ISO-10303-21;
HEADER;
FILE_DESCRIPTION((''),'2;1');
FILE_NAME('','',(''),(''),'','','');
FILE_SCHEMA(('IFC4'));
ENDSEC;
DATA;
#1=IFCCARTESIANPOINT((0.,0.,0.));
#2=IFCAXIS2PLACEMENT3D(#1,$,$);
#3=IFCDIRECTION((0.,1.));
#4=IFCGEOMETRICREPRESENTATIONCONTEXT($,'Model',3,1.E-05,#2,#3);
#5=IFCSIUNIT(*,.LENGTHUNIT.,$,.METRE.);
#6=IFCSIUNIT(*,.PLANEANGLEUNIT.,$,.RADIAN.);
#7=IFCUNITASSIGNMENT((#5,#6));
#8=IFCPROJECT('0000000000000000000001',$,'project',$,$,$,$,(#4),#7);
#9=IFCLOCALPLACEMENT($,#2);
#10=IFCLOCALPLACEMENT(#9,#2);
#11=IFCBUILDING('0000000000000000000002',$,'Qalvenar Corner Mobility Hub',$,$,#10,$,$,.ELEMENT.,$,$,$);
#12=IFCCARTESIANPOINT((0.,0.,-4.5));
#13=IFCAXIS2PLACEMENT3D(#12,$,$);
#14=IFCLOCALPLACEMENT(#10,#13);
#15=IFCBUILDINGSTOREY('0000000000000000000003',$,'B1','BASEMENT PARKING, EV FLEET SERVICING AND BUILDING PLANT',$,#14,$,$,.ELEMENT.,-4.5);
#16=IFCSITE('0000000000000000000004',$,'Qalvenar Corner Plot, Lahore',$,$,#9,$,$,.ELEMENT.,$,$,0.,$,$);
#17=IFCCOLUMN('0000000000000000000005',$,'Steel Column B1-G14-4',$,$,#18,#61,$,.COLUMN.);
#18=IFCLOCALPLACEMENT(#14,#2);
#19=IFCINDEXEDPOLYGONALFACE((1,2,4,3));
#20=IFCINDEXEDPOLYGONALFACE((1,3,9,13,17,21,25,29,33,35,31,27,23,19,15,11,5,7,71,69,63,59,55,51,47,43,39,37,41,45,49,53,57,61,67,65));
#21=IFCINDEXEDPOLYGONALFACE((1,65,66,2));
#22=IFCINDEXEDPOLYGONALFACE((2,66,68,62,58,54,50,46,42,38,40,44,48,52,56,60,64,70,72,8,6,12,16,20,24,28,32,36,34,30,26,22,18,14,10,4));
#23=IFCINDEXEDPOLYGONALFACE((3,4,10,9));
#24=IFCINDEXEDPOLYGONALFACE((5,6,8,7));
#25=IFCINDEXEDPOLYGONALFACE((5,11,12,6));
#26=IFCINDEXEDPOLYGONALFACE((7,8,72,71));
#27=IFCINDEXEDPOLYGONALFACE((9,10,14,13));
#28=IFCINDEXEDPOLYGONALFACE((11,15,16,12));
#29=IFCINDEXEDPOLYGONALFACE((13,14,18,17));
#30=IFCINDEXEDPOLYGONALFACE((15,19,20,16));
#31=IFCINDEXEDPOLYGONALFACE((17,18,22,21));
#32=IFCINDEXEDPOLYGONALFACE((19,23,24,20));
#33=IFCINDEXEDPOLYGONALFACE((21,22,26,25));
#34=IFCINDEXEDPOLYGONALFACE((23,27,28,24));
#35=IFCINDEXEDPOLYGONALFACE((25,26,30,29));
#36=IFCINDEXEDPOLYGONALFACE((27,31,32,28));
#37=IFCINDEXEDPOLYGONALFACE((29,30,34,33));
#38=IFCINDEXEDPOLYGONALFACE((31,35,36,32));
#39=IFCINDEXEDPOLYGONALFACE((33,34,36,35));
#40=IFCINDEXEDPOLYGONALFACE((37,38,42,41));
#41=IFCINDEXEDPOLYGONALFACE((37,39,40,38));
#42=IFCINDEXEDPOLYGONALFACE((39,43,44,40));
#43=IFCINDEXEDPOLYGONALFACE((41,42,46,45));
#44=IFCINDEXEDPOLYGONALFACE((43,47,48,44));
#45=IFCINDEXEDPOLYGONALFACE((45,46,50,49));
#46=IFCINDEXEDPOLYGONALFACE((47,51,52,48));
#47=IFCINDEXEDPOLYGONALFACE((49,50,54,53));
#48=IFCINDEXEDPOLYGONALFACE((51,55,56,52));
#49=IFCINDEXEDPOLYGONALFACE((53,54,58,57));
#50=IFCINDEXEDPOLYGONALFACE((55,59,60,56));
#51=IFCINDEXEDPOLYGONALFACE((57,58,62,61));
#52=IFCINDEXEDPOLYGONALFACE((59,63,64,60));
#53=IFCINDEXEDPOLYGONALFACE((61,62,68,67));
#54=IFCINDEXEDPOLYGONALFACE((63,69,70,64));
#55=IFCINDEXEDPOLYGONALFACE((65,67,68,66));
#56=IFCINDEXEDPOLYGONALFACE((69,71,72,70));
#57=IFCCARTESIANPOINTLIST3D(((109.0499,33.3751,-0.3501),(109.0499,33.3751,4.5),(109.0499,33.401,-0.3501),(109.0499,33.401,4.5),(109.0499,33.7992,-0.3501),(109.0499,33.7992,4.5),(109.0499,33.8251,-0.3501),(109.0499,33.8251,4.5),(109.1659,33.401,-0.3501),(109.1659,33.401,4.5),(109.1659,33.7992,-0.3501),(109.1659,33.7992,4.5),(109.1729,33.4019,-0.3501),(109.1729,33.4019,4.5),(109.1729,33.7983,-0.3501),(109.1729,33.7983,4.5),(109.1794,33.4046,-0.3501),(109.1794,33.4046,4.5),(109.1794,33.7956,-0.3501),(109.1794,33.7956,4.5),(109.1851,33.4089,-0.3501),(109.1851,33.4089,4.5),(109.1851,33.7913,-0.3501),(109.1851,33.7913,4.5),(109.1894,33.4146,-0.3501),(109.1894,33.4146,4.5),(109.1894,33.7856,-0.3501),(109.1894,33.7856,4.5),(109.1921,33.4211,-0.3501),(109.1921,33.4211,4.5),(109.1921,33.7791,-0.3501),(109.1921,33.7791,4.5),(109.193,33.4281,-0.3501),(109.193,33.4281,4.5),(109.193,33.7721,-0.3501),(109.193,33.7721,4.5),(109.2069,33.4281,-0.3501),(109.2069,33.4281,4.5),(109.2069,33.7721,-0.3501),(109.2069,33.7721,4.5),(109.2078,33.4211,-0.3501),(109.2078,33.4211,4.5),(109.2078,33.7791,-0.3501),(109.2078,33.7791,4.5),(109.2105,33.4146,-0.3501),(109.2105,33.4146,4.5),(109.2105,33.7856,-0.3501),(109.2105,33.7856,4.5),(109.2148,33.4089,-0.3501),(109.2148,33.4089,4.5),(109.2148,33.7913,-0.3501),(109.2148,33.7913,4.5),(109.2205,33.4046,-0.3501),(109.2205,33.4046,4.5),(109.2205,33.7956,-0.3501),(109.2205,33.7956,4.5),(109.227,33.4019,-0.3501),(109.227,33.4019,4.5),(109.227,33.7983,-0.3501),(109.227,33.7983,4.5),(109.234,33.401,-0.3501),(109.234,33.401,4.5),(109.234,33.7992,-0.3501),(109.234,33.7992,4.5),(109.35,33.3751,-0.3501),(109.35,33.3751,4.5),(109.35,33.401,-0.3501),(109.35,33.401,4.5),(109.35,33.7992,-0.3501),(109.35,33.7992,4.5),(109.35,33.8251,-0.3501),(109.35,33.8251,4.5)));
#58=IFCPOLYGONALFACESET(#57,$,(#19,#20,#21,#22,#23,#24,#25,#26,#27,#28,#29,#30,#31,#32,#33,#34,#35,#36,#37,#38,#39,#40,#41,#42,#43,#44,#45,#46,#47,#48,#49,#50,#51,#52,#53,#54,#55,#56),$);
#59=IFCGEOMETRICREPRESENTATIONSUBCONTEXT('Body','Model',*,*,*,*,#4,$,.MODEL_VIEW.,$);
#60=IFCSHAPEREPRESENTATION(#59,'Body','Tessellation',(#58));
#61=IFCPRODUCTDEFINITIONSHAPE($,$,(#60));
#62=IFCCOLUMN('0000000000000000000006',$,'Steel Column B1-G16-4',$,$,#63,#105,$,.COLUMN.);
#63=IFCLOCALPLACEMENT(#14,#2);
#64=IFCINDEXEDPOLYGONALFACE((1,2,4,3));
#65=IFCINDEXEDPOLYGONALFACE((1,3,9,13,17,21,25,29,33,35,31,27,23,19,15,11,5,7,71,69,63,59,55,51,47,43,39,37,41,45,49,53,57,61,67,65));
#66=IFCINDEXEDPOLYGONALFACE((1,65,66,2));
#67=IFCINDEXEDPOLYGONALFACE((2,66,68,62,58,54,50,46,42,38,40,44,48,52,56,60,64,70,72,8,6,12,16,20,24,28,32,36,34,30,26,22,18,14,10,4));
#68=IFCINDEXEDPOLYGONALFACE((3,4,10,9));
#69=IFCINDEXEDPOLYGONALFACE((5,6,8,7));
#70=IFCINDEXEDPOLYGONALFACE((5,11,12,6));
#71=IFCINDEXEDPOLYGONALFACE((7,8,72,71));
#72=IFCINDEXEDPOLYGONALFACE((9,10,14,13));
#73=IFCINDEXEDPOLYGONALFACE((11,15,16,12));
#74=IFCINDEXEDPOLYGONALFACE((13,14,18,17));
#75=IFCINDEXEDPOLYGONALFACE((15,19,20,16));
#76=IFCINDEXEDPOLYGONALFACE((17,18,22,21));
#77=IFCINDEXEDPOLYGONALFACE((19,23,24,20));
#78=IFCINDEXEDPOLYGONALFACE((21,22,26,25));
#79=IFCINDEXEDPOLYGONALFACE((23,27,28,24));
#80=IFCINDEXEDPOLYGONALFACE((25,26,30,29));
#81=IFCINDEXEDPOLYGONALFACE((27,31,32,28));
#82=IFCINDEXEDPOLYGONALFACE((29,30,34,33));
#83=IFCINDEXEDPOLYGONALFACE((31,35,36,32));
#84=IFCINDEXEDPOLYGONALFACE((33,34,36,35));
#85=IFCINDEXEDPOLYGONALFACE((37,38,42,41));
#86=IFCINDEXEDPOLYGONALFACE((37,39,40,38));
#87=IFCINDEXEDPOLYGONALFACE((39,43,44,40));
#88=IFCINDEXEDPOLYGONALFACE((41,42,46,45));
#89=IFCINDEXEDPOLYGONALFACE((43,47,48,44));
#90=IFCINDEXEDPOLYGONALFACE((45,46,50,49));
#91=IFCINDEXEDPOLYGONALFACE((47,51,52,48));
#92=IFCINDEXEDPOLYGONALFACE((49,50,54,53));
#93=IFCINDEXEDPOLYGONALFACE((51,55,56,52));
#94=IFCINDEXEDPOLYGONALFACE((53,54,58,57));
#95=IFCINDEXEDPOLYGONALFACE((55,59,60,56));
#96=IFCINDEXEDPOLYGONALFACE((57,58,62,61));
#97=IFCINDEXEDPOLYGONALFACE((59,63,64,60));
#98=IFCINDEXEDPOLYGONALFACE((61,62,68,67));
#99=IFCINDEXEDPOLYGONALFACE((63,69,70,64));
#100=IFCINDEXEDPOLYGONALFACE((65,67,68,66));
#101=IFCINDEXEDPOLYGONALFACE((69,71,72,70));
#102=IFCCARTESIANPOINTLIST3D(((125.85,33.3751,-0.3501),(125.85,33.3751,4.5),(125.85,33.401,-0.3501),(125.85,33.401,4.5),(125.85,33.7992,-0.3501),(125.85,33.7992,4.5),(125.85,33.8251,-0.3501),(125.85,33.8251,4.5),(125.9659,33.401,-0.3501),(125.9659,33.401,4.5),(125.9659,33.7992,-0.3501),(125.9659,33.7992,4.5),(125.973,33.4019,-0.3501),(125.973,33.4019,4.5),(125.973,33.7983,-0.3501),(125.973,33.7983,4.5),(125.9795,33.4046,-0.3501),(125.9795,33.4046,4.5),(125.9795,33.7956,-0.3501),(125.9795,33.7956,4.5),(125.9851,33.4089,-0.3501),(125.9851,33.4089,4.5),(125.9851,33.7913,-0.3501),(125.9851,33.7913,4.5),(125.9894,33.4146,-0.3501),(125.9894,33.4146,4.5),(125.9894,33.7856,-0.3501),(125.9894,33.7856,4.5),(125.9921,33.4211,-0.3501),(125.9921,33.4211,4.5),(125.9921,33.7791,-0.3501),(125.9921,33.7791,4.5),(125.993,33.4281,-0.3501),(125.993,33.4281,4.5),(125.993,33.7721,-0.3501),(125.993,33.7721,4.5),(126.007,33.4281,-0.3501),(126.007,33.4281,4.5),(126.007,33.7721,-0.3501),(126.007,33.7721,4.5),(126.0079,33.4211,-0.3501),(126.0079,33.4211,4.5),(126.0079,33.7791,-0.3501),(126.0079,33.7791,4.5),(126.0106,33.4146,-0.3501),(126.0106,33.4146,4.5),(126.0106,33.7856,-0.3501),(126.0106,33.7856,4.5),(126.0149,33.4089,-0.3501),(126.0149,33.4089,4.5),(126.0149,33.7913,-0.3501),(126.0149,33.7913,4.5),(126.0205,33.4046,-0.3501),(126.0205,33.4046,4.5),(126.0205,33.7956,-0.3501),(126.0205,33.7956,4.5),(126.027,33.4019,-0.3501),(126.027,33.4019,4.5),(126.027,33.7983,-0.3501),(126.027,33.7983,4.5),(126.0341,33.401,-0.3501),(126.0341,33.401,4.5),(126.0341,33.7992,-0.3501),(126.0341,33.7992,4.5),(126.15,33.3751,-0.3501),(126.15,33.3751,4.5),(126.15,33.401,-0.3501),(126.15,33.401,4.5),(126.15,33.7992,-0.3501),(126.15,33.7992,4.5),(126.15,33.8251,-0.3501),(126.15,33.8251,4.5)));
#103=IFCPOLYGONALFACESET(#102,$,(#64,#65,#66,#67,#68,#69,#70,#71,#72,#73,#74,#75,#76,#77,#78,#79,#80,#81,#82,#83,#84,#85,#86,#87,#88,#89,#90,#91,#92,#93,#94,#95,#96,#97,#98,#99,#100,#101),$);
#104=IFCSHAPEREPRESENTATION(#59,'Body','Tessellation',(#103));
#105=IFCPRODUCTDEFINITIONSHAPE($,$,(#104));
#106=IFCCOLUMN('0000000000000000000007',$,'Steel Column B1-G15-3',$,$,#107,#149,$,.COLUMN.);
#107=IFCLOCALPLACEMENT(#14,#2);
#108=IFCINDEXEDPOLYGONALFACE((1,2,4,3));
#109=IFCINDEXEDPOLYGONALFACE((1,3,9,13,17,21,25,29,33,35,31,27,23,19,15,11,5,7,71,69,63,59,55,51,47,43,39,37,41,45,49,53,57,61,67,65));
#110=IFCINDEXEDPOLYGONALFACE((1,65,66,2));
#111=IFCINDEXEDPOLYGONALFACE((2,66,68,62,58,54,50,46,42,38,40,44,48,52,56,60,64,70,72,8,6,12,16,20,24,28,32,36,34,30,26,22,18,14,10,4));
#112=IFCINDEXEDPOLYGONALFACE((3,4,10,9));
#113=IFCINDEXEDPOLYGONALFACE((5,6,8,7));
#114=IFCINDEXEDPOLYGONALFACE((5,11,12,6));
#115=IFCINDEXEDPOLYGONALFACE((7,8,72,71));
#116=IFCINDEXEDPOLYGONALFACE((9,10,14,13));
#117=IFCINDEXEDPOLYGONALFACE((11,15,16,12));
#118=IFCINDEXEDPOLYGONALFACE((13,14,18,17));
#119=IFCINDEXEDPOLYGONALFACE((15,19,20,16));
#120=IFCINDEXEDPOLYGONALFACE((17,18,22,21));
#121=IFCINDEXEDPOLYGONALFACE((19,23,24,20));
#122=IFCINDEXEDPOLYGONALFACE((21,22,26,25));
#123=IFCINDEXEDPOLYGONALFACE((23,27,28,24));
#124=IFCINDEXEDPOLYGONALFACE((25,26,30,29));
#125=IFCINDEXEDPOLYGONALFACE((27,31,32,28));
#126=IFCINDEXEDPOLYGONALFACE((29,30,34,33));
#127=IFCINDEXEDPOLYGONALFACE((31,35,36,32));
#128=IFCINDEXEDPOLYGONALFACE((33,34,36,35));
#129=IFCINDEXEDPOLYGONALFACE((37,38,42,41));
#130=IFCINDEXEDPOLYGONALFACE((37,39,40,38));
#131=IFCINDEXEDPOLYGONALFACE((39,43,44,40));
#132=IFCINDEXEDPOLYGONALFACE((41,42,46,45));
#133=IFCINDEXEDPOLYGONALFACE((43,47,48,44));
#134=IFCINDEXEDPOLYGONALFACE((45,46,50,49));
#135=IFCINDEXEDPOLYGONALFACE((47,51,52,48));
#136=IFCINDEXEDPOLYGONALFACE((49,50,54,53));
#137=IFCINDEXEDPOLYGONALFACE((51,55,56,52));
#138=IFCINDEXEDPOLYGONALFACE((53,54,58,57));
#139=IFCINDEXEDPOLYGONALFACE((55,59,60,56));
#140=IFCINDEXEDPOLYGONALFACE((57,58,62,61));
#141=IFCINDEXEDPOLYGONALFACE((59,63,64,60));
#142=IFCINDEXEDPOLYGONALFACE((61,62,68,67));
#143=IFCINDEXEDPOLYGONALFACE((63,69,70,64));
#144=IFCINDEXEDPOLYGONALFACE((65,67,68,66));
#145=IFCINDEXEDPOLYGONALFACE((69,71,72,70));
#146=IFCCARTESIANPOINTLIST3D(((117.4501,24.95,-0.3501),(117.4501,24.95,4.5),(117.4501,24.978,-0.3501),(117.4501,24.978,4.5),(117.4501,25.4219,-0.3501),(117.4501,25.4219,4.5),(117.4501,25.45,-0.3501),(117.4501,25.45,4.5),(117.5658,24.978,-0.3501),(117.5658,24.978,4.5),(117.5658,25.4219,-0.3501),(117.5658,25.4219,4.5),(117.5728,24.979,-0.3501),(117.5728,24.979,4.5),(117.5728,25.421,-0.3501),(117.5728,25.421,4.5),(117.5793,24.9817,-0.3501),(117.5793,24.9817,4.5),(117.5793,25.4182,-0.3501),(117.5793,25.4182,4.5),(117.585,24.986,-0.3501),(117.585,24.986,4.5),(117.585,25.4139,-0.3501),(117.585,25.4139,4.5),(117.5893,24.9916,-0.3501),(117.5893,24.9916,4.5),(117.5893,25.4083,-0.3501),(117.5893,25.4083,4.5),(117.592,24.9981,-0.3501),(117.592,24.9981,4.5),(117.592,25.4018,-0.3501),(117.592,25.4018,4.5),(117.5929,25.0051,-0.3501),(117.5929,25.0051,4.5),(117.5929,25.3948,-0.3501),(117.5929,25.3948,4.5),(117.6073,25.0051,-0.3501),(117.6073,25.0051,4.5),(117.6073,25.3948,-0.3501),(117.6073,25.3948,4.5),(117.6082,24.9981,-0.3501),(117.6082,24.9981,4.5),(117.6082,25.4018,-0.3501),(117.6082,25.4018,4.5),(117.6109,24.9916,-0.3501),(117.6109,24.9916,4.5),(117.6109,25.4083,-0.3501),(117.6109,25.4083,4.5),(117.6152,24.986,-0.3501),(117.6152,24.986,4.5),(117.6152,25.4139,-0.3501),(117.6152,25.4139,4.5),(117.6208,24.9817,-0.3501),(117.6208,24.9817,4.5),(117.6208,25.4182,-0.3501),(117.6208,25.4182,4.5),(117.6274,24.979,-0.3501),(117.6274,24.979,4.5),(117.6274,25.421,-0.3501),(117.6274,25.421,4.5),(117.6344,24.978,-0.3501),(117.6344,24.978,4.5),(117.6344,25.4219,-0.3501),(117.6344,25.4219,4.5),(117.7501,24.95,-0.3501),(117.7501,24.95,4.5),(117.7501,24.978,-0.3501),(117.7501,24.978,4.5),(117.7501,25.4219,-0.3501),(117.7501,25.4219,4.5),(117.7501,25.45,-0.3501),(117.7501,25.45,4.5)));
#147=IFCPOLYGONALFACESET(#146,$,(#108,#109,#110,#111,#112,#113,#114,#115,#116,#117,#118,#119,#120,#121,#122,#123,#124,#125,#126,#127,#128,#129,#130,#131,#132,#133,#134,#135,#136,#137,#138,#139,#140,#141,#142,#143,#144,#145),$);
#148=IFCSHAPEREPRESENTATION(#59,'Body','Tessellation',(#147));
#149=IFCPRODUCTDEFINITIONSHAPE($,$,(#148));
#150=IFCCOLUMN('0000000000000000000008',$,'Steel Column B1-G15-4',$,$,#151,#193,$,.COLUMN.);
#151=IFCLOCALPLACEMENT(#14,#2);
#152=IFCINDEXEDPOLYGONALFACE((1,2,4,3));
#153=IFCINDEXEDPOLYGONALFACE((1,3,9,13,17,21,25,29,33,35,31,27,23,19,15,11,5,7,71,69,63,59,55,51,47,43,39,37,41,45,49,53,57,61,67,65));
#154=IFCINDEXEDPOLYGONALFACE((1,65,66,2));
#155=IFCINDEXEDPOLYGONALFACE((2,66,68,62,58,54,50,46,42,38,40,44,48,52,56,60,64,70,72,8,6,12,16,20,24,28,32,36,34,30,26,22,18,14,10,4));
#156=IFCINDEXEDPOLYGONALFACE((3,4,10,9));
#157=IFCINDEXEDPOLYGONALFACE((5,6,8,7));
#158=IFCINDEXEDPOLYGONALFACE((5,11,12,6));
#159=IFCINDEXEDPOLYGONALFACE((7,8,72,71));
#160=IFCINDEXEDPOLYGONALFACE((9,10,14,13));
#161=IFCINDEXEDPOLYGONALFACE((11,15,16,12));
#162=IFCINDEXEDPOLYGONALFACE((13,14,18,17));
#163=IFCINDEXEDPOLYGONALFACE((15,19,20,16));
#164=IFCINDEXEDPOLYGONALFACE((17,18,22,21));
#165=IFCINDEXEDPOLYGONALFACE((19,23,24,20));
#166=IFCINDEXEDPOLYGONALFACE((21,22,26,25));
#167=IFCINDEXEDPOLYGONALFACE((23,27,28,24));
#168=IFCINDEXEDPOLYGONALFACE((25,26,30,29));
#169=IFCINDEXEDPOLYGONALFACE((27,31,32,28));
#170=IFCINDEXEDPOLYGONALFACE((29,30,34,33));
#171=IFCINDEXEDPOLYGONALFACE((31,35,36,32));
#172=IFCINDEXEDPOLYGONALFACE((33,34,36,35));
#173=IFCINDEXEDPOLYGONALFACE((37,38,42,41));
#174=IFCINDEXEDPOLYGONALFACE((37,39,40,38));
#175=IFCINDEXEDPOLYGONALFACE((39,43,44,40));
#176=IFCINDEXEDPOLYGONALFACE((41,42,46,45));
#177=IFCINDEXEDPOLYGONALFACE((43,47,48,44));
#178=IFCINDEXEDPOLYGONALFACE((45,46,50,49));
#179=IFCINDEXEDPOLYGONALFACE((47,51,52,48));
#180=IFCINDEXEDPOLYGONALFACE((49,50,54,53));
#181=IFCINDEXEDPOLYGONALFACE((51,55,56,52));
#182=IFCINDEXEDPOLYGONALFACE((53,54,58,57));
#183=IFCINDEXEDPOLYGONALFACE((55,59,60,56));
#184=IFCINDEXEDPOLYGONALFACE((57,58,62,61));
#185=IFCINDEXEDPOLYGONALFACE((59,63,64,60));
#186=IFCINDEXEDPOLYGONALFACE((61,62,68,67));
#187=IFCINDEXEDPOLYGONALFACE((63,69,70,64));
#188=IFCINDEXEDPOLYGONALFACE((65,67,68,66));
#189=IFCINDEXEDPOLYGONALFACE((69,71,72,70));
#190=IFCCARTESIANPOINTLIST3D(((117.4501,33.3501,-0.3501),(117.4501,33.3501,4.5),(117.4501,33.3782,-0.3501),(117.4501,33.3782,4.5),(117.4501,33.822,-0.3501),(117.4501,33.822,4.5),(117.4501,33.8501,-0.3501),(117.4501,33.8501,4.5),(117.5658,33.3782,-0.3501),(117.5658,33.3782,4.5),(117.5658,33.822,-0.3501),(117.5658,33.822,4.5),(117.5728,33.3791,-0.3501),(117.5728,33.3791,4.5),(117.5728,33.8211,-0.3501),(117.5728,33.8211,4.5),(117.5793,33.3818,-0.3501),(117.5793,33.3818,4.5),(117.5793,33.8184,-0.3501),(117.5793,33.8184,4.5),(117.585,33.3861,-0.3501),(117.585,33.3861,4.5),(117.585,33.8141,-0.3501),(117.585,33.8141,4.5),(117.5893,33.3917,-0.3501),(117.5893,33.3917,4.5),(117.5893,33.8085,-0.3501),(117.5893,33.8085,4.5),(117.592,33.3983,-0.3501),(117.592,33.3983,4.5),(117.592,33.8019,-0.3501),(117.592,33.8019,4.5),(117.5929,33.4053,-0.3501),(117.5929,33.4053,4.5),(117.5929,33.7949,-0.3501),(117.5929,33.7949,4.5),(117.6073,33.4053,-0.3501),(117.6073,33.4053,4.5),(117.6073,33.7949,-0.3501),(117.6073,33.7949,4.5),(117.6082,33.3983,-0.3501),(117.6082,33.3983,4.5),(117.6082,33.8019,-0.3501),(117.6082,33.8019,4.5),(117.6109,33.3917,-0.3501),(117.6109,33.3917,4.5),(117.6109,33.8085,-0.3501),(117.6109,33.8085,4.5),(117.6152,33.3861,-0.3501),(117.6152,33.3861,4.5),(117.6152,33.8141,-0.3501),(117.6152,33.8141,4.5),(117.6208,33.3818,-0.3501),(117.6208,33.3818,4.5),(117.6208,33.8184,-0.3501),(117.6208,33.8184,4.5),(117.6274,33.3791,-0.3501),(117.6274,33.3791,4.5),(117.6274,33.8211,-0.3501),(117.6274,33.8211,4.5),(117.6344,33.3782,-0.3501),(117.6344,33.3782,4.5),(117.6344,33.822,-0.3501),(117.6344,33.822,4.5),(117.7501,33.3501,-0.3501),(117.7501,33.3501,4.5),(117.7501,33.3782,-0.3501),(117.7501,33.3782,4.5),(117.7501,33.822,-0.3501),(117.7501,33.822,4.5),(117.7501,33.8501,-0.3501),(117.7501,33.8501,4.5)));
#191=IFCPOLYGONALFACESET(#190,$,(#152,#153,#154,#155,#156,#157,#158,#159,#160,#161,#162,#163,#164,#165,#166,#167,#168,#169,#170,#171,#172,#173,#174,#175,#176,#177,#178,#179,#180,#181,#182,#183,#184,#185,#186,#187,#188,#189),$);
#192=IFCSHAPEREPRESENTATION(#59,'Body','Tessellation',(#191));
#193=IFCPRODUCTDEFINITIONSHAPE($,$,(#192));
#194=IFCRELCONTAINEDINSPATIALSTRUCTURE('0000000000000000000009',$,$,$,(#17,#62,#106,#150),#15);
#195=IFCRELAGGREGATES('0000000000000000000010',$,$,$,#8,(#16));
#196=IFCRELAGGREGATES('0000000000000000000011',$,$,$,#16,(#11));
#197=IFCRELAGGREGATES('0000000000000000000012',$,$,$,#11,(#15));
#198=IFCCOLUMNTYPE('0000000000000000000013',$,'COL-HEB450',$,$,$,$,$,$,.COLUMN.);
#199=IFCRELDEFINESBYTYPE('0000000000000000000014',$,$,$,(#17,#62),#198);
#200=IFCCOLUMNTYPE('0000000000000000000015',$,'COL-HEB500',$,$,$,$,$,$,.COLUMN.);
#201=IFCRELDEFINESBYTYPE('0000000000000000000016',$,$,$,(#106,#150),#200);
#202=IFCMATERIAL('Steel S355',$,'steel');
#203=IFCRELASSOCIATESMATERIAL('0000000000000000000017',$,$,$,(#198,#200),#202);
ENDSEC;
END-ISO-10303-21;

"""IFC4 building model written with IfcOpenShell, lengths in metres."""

from ifc_helpers import new_model, si_unit, direction, frame, origin, origin_2d, place, context, subcontext, project, spatial, i_section, extrude, material, material_profile, profile_set, type_object, element, save


model = new_model("IFC4")

# Units and contexts
model_context = context("Model", 3, precision=1e-05, world=origin(), true_north=direction((0.0, 1.0)))
body_context = subcontext(model_context, "Body", "Model", "MODEL_VIEW")
ifc_project = project(units=[si_unit("LENGTHUNIT", "METRE"), si_unit("PLANEANGLEUNIT", "RADIAN")], contexts=[model_context])

# Site, building, storey
site_placement = place(None, origin())
site = spatial("IfcSite", under=ifc_project, at=site_placement, Name="Qalvenar Corner Plot, Lahore", CompositionType="ELEMENT", RefElevation=0.0)
building_placement = place(site_placement, origin())
building = spatial("IfcBuilding", under=site, at=building_placement, Name="Qalvenar Corner Mobility Hub", CompositionType="ELEMENT")
storey_placement = place(building_placement, frame((0.0, 0.0, -4.5)))
storey = spatial("IfcBuildingStorey", under=building, at=storey_placement, Name="B1", Description="BASEMENT PARKING, EV FLEET SERVICING AND BUILDING PLANT", CompositionType="ELEMENT", Elevation=-4.5)

# Columns
ifc_material_1 = material(Name="Steel S355", Category="steel")
ifc_material_profile_1 = material_profile(ifc_material_1, i_section(OverallWidth=0.3, OverallDepth=0.45, WebThickness=0.0139, FlangeThickness=0.0259, FilletRadius=0.0271, at=origin_2d()), Name="HEB450")
ifc_profile_set_1 = profile_set([ifc_material_profile_1], Name="Steel S355")
column_type_1 = type_object("IfcColumnType", Name="COL-HEB450", PredefinedType="COLUMN", material=ifc_profile_set_1)
for number, where, z_axis, x_axis, name in (
    (1, (109.2, 33.6001, -0.3501), (0.0, 0.0, 1.0), (1.0, 0.0, 0.0), "Steel Column B1-G14-4"),
    (2, (126.0, 33.6001, -0.3501), (0.0, 0.0, 1.0), (1.0, 0.0, 0.0), "Steel Column B1-G16-4"),
):
    element("IfcColumn", number, at=place(storey_placement, frame(where, z_axis=z_axis, x_axis=x_axis)), inside=storey, type_object=column_type_1, Name=name, PredefinedType="COLUMN", context=body_context, shape_type="SweptSolid", body=[
        extrude(i_section(OverallWidth=0.3, OverallDepth=0.45, WebThickness=0.0139, FlangeThickness=0.0259, FilletRadius=0.0271, at=origin_2d()), origin(), (0.0, 0.0, 1.0), 4.8501),
    ])
ifc_material_profile_2 = material_profile(ifc_material_1, i_section(OverallWidth=0.3, OverallDepth=0.5, WebThickness=0.0144, FlangeThickness=0.0281, FilletRadius=0.0271, at=origin_2d()), Name="HEB500")
ifc_profile_set_2 = profile_set([ifc_material_profile_2], Name="Steel S355")
column_type_2 = type_object("IfcColumnType", Name="COL-HEB500", PredefinedType="COLUMN", material=ifc_profile_set_2)
for number, where, z_axis, x_axis, name in (
    (3, (117.6001, 25.2, -0.3501), (0.0, 0.0, 1.0), (1.0, 0.0, 0.0), "Steel Column B1-G15-3"),
    (4, (117.6001, 33.6001, -0.3501), (0.0, 0.0, 1.0), (1.0, 0.0, 0.0), "Steel Column B1-G15-4"),
):
    element("IfcColumn", number, at=place(storey_placement, frame(where, z_axis=z_axis, x_axis=x_axis)), inside=storey, type_object=column_type_2, Name=name, PredefinedType="COLUMN", context=body_context, shape_type="SweptSolid", body=[
        extrude(i_section(OverallWidth=0.3, OverallDepth=0.5, WebThickness=0.0144, FlangeThickness=0.0281, FilletRadius=0.0271, at=origin_2d()), origin(), (0.0, 0.0, 1.0), 4.8501),
    ])

save(model, "model.ifc")
